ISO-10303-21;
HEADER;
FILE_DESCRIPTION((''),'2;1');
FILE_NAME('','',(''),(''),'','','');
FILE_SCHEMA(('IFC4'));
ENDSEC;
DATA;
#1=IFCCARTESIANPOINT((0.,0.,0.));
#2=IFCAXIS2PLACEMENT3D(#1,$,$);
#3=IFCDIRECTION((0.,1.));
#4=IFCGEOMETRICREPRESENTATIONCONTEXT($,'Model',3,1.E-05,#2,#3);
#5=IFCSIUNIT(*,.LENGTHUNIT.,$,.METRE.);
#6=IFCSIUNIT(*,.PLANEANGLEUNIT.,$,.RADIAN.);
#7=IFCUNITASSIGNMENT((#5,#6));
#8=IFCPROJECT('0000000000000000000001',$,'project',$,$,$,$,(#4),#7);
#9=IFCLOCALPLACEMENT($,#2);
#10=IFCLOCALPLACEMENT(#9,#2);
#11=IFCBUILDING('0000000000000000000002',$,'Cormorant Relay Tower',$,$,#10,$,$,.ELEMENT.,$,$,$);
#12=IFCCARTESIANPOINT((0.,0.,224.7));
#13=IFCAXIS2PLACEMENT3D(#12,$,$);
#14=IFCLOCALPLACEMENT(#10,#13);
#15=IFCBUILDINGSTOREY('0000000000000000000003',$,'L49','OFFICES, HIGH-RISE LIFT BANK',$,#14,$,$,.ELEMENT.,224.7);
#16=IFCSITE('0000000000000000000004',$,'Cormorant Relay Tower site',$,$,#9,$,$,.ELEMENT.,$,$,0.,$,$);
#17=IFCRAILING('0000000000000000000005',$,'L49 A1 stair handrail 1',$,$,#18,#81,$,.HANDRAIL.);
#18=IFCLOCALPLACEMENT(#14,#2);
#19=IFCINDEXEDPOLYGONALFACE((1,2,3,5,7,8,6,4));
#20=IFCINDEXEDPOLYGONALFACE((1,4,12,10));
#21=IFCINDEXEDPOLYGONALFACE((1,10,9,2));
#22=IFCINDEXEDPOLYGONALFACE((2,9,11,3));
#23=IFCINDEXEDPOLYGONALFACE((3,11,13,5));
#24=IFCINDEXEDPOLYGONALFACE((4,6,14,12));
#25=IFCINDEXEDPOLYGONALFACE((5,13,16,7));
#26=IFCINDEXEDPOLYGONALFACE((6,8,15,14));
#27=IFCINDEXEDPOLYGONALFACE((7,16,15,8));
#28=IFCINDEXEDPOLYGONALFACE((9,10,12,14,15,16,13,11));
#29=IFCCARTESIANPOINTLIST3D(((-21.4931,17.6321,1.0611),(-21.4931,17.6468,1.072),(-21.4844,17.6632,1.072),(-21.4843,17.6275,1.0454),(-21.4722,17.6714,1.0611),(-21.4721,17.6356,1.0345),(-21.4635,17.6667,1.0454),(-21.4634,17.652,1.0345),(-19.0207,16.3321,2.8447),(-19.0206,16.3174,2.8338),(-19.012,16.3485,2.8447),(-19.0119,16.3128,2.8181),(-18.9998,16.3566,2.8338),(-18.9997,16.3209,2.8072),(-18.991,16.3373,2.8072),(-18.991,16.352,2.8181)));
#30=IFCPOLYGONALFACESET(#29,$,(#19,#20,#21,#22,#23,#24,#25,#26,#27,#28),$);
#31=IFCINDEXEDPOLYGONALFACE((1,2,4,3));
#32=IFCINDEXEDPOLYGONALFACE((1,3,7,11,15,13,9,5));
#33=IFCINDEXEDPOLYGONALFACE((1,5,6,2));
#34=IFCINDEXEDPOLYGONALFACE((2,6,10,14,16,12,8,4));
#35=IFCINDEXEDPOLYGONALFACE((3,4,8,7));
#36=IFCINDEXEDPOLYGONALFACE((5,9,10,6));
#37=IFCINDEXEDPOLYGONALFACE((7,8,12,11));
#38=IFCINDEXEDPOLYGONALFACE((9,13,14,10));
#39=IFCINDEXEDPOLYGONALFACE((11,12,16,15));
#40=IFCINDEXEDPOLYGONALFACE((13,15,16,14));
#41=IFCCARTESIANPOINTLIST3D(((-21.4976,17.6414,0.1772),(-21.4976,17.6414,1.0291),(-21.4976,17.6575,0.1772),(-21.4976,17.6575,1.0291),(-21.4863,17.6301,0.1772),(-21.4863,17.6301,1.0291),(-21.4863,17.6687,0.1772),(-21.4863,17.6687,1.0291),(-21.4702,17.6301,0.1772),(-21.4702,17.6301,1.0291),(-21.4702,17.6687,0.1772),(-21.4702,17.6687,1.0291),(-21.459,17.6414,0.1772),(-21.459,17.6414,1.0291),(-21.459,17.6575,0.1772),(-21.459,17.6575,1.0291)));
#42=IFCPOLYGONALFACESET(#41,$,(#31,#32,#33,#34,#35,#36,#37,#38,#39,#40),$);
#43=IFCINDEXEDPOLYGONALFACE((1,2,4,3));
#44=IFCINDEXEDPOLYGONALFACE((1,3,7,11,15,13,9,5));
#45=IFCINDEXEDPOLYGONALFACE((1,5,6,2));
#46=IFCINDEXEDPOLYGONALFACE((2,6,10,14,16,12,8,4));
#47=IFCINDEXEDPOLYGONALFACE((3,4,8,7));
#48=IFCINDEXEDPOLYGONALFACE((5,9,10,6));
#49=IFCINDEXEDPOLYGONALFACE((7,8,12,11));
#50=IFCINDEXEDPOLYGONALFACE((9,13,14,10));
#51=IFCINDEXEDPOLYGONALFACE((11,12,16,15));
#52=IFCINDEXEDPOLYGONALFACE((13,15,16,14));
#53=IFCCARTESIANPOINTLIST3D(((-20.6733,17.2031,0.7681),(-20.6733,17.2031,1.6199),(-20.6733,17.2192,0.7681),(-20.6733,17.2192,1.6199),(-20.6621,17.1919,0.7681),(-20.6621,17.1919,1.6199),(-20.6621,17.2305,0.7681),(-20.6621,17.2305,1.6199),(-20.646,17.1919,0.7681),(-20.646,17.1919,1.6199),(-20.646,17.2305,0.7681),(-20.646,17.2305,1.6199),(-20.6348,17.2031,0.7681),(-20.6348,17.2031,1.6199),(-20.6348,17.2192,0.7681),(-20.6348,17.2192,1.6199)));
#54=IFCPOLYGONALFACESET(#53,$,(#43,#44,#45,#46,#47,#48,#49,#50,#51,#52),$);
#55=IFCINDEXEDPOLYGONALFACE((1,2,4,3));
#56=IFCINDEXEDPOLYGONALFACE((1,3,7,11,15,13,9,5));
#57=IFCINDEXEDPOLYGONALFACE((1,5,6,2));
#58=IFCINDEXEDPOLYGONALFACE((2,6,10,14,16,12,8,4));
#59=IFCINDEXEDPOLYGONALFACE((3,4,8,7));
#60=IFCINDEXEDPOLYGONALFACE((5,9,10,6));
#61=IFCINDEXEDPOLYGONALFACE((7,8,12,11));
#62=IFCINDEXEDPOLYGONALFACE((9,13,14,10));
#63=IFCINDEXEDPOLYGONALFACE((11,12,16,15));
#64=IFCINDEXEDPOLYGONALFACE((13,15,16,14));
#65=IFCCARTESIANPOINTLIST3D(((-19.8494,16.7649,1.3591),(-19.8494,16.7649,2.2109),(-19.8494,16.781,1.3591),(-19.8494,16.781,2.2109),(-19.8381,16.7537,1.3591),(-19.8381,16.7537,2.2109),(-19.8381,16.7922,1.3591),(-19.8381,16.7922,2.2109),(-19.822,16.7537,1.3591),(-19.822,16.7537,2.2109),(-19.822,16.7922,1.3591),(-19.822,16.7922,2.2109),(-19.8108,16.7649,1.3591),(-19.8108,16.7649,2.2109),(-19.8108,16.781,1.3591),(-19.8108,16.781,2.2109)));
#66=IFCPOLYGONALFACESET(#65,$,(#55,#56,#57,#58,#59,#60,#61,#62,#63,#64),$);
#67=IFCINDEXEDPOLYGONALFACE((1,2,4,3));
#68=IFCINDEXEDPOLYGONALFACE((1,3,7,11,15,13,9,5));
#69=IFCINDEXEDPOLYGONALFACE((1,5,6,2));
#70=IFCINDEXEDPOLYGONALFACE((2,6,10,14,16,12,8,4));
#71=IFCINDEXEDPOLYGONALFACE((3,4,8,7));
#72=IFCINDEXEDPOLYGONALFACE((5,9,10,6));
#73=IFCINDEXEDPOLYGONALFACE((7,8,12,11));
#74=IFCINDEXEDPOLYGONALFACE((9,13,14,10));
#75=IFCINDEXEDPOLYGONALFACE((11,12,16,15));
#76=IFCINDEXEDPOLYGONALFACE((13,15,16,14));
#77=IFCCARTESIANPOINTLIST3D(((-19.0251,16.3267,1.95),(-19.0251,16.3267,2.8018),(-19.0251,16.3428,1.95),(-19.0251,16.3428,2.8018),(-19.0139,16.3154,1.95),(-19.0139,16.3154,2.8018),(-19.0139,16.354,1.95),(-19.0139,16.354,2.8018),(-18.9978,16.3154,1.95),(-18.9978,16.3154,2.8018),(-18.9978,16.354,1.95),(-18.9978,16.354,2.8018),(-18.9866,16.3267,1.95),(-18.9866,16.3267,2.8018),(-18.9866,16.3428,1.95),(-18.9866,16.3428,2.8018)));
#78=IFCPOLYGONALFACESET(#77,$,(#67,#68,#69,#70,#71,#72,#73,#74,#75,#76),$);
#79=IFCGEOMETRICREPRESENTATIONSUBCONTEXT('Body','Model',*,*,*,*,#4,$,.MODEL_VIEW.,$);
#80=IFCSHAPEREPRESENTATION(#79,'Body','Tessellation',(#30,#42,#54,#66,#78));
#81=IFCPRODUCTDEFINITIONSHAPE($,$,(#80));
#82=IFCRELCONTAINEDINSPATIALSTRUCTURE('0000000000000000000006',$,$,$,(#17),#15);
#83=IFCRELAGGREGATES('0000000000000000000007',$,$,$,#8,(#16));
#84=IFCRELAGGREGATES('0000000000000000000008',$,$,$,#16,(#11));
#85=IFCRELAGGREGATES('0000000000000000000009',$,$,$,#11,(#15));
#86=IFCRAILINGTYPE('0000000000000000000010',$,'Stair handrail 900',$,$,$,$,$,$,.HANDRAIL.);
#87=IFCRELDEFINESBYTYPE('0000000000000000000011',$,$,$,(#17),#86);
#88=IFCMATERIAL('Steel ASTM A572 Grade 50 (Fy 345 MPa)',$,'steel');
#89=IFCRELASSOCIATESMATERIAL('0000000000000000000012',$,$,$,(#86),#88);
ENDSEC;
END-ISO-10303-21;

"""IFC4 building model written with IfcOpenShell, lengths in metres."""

from ifc_helpers import new_model, si_unit, direction, frame, origin, place, context, subcontext, project, spatial, polyline, outline, extrude, material, type_object, element, save


model = new_model("IFC4")

# Units and contexts
model_context = context("Model", 3, precision=1e-05, world=origin(), true_north=direction((0.0, 1.0)))
body_context = subcontext(model_context, "Body", "Model", "MODEL_VIEW")
ifc_project = project(units=[si_unit("LENGTHUNIT", "METRE"), si_unit("PLANEANGLEUNIT", "RADIAN")], contexts=[model_context])

# Site, building, storey
site_placement = place(None, origin())
site = spatial("IfcSite", under=ifc_project, at=site_placement, Name="Cormorant Relay Tower site", CompositionType="ELEMENT", RefElevation=0.0)
building_placement = place(site_placement, origin())
building = spatial("IfcBuilding", under=site, at=building_placement, Name="Cormorant Relay Tower", CompositionType="ELEMENT")
storey_placement = place(building_placement, frame((0.0, 0.0, 224.7)))
storey = spatial("IfcBuildingStorey", under=building, at=storey_placement, Name="L49", Description="OFFICES, HIGH-RISE LIFT BANK", CompositionType="ELEMENT", Elevation=224.7)

# Railing
ifc_material_1 = material(Name="Steel ASTM A572 Grade 50 (Fy 345 MPa)", Category="steel")
railing_type = type_object("IfcRailingType", Name="Stair handrail 900", PredefinedType="HANDRAIL", material=ifc_material_1)
railing_placement = place(storey_placement, frame((-21.4783, 17.6494, 0.1772)))
element("IfcRailing", 1, at=railing_placement, inside=storey, type_object=railing_type, Name="L49 A1 stair handrail 1", PredefinedType="HANDRAIL", context=body_context, shape_type="SweptSolid", body=[
    extrude(outline(polyline([(0.0222, 0.0093), (0.0093, 0.0222), (-0.0093, 0.0222), (-0.0222, 0.0093), (-0.0222, -0.0093), (-0.0093, -0.0222), (0.0093, -0.0222), (0.0222, -0.0093), (0.0222, 0.0093)])), frame((0.0, 0.0, 0.876), z_axis=(0.746012, -0.39669, 0.534886), x_axis=(0.469497, 0.882934, 0.0)), (0.0, 0.0, 1.0), 3.3142),
    extrude(outline(polyline([(0.0193, 0.0081), (0.0081, 0.0193), (-0.0081, 0.0193), (-0.0193, 0.0081), (-0.0193, -0.0081), (-0.0081, -0.0193), (0.0081, -0.0193), (0.0193, -0.0081), (0.0193, 0.0081)])), origin(), (0.0, 0.0, 1.0), 0.8518),
    extrude(outline(polyline([(0.0193, 0.0081), (0.0081, 0.0193), (-0.0081, 0.0193), (-0.0193, 0.0081), (-0.0193, -0.0081), (-0.0081, -0.0193), (0.0081, -0.0193), (0.0193, -0.0081), (0.0193, 0.0081)])), frame((0.8242, -0.4382, 0.5908)), (0.0, 0.0, 1.0), 0.8518),
    extrude(outline(polyline([(0.0193, 0.0081), (0.0081, 0.0193), (-0.0081, 0.0193), (-0.0193, 0.0081), (-0.0193, -0.0081), (-0.0081, -0.0193), (0.0081, -0.0193), (0.0193, -0.0081), (0.0193, 0.0081)])), frame((1.6482, -0.8765, 1.1819)), (0.0, 0.0, 1.0), 0.8518),
    extrude(outline(polyline([(0.0193, 0.0081), (0.0081, 0.0193), (-0.0081, 0.0193), (-0.0193, 0.0081), (-0.0193, -0.0081), (-0.0081, -0.0193), (0.0081, -0.0193), (0.0193, -0.0081), (0.0193, 0.0081)])), frame((2.4724, -1.3147, 1.7727)), (0.0, 0.0, 1.0), 0.8518),
])

save(model, "model.ifc")
